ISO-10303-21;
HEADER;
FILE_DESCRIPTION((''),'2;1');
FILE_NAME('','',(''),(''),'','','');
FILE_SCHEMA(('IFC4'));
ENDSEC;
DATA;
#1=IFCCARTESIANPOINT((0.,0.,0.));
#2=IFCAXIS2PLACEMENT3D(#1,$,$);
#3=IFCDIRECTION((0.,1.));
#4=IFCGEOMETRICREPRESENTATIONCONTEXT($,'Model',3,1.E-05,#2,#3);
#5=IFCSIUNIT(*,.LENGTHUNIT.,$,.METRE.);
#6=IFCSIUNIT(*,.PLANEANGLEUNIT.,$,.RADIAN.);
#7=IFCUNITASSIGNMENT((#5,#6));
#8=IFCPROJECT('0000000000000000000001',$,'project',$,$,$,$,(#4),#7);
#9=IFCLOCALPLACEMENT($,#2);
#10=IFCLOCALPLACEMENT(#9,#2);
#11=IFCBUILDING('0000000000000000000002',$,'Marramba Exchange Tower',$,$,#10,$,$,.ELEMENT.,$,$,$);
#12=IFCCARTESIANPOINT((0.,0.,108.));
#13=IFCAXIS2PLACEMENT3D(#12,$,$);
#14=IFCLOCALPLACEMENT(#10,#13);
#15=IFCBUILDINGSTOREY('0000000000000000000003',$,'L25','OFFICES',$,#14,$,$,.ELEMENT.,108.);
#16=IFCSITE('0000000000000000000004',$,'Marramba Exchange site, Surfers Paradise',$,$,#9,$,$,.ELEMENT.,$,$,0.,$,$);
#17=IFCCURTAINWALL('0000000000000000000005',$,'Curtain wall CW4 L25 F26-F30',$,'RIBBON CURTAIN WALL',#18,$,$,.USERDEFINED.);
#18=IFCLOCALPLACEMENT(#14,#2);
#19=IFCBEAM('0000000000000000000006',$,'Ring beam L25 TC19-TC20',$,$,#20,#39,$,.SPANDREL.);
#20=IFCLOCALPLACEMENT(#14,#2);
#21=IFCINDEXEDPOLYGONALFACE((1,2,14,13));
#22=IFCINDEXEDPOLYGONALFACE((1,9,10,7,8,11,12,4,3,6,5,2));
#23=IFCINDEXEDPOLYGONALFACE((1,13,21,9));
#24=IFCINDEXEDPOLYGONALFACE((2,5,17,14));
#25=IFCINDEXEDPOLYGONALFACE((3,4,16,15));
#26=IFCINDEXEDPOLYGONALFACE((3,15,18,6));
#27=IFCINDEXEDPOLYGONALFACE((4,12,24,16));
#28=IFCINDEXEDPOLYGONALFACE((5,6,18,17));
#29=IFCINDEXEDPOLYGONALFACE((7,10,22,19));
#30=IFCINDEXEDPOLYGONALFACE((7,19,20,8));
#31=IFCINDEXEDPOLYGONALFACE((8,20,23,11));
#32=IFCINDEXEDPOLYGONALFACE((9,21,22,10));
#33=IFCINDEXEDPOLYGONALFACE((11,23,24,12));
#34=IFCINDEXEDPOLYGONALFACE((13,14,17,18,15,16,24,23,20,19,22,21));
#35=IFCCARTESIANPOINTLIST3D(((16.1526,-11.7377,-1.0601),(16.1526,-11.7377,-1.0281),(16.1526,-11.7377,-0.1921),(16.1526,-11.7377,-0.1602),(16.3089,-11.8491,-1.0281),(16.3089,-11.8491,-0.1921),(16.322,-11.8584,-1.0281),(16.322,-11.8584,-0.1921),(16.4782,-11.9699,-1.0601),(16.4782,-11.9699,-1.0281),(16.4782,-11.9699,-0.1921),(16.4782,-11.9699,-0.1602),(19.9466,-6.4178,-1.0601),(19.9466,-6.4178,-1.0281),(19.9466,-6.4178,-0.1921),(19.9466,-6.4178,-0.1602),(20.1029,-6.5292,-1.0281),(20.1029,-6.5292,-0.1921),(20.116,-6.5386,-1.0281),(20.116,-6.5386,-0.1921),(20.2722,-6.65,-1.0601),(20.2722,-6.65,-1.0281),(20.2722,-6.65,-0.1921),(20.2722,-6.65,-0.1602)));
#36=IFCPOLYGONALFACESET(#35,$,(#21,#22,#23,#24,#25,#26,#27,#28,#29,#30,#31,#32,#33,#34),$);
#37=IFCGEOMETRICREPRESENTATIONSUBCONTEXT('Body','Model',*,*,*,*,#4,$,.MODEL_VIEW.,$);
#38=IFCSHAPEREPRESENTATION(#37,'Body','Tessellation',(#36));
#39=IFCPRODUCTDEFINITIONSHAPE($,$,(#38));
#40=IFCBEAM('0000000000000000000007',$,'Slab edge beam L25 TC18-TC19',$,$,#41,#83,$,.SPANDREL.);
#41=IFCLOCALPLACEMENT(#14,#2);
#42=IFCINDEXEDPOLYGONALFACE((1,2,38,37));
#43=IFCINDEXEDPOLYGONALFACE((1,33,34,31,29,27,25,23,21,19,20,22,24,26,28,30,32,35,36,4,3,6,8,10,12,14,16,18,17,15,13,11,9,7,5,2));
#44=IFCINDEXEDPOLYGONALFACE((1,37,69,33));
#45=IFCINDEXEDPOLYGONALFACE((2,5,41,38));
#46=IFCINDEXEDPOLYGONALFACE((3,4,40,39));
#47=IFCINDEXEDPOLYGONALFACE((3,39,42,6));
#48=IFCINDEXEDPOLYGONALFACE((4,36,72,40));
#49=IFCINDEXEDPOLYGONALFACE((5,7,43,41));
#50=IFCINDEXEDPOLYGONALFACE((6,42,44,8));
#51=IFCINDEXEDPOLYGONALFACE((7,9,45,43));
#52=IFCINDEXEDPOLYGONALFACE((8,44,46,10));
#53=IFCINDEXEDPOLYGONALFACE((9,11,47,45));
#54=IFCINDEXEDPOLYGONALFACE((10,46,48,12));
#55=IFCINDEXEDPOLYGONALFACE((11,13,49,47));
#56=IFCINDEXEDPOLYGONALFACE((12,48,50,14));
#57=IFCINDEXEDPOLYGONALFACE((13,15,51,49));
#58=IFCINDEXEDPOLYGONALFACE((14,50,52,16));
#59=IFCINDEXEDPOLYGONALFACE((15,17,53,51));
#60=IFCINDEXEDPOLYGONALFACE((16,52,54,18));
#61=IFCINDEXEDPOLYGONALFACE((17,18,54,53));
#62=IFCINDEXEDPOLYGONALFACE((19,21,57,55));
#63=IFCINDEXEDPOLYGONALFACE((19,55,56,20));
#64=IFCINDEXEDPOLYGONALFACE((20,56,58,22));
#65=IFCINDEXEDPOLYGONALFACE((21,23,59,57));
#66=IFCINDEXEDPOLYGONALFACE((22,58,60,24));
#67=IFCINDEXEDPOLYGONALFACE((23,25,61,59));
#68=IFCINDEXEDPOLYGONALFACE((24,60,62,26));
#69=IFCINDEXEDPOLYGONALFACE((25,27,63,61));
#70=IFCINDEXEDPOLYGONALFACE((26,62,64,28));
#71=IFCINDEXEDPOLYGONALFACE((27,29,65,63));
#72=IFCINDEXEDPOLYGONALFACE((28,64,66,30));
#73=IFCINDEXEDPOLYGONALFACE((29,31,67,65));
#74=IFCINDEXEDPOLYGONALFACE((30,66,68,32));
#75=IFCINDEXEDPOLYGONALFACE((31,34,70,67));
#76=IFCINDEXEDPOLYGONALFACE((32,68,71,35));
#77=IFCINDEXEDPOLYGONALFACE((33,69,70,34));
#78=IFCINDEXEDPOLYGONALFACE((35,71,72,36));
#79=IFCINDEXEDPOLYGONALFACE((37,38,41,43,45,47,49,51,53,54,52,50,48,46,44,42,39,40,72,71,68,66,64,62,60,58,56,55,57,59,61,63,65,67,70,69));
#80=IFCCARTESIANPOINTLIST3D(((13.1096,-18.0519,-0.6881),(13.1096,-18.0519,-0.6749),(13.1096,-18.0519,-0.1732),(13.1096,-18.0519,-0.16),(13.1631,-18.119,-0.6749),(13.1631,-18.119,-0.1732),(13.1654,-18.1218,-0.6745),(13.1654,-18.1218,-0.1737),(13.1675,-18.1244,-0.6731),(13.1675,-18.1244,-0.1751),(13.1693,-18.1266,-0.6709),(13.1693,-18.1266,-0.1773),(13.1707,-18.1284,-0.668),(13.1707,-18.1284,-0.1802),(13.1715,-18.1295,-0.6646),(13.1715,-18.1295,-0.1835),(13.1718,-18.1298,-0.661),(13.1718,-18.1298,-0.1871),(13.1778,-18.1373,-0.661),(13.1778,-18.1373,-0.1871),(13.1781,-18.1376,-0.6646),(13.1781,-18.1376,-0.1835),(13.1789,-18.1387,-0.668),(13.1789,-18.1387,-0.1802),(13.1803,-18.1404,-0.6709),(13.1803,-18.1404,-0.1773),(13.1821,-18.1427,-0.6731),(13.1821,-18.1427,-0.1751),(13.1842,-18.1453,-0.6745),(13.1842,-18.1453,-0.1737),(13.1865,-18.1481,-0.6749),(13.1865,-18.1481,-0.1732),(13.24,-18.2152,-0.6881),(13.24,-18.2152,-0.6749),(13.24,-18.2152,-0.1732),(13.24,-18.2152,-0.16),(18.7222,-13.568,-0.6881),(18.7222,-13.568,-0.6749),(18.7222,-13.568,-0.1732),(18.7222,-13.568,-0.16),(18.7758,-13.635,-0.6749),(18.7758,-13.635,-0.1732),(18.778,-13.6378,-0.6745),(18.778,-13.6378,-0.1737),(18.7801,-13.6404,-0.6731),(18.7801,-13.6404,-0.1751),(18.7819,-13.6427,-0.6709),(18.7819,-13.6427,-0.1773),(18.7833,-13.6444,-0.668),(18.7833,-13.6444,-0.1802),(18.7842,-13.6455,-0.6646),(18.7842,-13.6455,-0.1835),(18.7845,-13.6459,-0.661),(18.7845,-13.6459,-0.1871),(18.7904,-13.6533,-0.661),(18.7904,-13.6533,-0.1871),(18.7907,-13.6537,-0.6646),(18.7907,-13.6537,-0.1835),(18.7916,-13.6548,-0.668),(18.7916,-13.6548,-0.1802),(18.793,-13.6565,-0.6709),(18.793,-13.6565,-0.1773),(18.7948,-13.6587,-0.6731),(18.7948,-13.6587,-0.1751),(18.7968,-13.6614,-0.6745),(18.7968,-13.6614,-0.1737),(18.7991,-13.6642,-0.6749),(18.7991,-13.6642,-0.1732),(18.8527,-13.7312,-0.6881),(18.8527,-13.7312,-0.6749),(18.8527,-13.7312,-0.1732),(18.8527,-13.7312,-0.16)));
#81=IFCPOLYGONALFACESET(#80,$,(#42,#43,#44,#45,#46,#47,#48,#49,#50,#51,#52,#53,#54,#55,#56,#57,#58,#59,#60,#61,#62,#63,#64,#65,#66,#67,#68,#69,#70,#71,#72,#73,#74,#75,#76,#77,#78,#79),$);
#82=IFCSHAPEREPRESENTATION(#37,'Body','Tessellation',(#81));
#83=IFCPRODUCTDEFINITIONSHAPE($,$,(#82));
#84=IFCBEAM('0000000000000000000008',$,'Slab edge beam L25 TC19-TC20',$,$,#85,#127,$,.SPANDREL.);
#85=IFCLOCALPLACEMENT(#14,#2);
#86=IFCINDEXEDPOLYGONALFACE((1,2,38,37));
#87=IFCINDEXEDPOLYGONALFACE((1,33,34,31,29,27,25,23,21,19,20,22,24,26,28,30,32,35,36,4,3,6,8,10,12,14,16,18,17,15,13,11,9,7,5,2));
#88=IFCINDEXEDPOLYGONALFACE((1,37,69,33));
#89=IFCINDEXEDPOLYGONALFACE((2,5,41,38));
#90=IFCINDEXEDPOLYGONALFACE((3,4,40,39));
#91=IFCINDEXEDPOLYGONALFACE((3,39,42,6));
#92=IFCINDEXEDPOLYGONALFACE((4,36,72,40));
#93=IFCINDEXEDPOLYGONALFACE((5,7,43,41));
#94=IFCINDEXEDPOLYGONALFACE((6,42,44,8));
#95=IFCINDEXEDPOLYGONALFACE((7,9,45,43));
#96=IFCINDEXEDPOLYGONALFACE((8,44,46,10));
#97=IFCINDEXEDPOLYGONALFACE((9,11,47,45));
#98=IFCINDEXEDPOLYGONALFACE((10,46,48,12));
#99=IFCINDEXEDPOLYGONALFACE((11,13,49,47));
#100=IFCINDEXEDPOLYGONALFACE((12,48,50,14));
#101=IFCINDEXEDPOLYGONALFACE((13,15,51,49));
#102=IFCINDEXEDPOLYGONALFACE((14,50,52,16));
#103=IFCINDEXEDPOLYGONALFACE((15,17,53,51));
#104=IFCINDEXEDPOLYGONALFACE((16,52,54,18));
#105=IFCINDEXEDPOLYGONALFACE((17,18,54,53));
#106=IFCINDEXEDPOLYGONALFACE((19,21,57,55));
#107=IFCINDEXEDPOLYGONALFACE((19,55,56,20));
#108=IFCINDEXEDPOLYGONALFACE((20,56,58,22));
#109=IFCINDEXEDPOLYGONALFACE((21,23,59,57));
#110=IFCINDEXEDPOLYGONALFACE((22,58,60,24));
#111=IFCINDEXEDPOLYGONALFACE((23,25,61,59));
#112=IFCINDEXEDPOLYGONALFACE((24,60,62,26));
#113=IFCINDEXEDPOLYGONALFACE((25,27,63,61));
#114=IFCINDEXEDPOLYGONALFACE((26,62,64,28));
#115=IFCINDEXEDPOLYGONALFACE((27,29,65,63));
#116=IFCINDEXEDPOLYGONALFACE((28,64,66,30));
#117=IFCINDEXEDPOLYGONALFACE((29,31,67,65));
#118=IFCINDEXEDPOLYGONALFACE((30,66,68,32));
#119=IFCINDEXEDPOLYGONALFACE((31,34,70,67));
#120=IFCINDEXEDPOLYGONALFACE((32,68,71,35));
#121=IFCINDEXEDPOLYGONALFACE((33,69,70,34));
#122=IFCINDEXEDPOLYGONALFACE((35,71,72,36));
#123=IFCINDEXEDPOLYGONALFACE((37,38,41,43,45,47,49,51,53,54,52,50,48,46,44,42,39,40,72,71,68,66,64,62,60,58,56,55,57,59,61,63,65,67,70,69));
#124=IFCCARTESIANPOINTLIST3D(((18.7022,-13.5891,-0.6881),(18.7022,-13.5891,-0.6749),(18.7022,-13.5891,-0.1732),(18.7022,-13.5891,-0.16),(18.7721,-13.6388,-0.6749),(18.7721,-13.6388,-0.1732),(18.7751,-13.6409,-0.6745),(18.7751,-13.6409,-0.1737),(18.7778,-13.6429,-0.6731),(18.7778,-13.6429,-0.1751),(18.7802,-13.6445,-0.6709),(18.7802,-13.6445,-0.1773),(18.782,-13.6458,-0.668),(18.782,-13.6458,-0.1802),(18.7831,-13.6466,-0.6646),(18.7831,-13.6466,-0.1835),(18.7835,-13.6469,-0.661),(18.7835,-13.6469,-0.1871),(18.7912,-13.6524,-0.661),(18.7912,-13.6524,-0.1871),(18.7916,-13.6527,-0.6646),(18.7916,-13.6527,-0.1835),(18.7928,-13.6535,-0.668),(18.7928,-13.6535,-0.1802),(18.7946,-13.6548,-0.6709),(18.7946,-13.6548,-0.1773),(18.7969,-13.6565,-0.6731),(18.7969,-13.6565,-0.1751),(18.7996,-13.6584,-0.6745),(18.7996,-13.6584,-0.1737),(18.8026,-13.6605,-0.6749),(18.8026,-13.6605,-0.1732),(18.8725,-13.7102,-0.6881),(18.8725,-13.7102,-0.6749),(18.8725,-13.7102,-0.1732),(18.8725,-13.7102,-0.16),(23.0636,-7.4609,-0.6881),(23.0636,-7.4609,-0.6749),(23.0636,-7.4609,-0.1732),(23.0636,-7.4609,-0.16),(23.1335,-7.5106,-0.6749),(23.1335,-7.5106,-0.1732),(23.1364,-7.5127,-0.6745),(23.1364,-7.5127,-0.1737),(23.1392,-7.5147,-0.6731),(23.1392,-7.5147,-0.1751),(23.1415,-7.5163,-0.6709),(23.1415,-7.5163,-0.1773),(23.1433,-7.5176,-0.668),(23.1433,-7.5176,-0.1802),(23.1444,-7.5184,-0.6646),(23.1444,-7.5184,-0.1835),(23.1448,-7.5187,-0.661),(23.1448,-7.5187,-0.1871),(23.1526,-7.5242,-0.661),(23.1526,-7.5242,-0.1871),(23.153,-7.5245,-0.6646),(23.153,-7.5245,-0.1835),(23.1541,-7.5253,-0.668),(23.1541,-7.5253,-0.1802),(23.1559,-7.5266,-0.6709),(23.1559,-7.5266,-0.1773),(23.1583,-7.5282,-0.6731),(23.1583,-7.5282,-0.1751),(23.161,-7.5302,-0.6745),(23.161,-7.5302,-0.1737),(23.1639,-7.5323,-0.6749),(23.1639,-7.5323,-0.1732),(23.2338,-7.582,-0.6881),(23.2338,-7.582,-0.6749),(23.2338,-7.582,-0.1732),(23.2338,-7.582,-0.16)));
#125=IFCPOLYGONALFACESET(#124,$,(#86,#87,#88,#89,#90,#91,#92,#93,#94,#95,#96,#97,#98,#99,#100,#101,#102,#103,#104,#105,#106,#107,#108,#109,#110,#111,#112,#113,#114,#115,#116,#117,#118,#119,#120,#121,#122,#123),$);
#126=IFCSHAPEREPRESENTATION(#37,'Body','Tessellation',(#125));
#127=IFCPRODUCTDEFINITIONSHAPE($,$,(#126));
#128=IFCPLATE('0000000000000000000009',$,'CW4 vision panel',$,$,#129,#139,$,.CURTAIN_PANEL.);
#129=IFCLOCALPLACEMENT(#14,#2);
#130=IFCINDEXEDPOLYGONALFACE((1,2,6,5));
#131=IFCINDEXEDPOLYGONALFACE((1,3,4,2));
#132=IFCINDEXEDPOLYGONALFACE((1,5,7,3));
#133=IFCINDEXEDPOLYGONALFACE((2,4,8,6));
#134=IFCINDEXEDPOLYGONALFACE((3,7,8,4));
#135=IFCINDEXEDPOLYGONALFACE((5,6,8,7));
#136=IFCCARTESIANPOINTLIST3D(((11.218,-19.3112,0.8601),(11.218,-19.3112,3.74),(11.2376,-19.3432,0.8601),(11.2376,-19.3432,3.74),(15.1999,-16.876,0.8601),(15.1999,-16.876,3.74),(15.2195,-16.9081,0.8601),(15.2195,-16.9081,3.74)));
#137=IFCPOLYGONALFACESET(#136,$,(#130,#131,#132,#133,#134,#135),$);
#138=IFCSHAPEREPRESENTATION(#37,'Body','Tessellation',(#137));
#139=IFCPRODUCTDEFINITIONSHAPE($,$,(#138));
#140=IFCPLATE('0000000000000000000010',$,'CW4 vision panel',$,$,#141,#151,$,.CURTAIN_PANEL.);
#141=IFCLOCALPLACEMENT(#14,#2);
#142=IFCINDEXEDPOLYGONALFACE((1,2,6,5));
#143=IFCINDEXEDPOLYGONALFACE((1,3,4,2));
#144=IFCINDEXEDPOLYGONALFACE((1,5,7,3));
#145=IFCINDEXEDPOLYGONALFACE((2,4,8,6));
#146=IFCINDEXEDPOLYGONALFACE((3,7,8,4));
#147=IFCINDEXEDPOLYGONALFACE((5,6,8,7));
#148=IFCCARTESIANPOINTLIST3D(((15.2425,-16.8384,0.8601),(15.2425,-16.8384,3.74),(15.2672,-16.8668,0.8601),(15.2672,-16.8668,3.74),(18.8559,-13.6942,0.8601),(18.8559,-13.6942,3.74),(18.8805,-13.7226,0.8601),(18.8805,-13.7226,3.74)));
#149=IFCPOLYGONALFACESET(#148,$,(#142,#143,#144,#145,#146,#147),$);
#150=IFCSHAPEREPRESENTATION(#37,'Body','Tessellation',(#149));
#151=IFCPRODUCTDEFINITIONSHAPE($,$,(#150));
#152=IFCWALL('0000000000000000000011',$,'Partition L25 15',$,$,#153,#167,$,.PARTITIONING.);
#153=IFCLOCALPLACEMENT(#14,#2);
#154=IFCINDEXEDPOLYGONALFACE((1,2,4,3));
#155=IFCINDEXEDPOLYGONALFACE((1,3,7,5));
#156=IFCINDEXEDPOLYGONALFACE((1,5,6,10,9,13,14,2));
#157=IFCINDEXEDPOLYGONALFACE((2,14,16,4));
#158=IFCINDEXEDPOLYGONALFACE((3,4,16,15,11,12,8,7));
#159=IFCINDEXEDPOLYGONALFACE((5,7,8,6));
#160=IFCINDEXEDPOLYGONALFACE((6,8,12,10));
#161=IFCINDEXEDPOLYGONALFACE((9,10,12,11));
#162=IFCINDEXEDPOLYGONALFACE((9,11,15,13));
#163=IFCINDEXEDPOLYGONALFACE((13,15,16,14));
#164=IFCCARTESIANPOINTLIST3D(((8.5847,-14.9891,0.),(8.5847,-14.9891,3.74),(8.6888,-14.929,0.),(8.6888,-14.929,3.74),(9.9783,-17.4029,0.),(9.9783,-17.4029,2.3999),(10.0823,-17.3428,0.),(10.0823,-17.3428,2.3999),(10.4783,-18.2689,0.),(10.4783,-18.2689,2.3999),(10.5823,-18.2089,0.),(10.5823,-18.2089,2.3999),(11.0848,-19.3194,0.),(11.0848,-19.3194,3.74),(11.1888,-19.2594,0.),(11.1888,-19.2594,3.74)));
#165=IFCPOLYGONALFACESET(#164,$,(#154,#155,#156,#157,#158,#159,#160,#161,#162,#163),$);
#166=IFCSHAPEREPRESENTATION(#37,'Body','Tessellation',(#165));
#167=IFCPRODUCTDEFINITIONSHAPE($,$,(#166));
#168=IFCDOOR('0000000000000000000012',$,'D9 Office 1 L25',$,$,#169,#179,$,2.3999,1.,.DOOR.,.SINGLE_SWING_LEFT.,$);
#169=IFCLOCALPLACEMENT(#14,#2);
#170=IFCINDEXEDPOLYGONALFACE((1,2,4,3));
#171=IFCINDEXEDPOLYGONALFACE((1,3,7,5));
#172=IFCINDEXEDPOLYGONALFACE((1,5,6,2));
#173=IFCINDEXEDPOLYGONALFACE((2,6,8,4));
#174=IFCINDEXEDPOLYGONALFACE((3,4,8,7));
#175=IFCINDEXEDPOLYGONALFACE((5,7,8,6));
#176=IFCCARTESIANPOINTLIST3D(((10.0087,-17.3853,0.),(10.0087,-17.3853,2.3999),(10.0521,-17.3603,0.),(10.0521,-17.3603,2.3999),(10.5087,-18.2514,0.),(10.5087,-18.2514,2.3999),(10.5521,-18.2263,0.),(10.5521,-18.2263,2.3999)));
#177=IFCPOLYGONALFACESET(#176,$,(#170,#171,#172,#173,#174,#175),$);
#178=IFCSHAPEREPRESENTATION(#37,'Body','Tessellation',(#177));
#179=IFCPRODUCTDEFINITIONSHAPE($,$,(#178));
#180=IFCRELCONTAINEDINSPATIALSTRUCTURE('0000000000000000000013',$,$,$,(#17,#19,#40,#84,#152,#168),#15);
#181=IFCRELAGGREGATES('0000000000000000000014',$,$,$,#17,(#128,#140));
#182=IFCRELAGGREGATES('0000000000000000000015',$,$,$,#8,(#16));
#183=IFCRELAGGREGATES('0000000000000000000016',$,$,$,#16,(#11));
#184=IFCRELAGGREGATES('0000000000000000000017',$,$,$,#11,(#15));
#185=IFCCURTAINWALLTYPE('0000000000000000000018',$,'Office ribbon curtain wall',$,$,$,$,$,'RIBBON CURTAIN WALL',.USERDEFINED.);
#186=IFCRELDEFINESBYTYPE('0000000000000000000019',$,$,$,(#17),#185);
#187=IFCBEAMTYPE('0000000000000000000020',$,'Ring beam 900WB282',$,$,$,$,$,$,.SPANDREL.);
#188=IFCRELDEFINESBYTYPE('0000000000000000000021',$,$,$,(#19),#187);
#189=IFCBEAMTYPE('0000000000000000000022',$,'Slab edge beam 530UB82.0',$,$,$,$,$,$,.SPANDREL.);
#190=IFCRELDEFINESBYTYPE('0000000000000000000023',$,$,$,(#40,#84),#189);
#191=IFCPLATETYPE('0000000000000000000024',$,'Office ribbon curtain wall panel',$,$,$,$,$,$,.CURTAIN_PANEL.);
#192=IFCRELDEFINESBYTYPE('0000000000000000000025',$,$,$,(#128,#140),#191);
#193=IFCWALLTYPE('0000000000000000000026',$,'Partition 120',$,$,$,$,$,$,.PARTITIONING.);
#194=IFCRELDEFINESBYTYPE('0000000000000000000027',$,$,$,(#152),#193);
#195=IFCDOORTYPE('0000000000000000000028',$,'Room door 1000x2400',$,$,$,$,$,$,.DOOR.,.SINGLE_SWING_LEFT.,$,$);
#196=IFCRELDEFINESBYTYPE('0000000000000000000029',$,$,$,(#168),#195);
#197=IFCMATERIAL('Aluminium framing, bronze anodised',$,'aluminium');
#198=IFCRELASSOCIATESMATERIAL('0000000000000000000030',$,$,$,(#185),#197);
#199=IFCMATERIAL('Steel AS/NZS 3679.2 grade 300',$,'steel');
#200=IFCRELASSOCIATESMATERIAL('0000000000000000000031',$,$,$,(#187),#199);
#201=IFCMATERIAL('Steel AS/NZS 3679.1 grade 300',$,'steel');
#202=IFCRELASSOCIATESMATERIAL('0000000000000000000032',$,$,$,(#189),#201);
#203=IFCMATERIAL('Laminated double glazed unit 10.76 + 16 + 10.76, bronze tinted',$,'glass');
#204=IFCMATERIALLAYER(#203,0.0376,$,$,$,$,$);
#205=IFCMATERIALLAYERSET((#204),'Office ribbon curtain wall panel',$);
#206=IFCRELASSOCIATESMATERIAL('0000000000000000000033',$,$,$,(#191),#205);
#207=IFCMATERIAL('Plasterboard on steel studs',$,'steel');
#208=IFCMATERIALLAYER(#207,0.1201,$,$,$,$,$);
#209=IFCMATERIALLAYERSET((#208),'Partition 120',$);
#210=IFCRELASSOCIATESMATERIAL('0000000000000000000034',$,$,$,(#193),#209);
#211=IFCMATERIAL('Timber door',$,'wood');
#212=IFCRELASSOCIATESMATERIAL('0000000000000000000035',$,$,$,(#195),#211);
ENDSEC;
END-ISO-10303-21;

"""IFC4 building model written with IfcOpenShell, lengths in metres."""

from ifc_helpers import new_model, si_unit, direction, frame, frame_2d, origin, origin_2d, place, context, subcontext, project, spatial, rectangle, i_section, extrude, material, layer, layer_set, material_profile, profile_set, type_object, element, fill, aggregate, save


model = new_model("IFC4")

# Units and contexts
model_context = context("Model", 3, precision=1e-05, world=origin(), true_north=direction((0.0, 1.0)))
body_context = subcontext(model_context, "Body", "Model", "MODEL_VIEW")
ifc_project = project(units=[si_unit("LENGTHUNIT", "METRE"), si_unit("PLANEANGLEUNIT", "RADIAN")], contexts=[model_context])

# Site, building, storey
site_placement = place(None, origin())
site = spatial("IfcSite", under=ifc_project, at=site_placement, Name="Marramba Exchange site, Surfers Paradise", CompositionType="ELEMENT", RefElevation=0.0)
building_placement = place(site_placement, origin())
building = spatial("IfcBuilding", under=site, at=building_placement, Name="Marramba Exchange Tower", CompositionType="ELEMENT")
storey_placement = place(building_placement, frame((0.0, 0.0, 108.0)))
storey = spatial("IfcBuildingStorey", under=building, at=storey_placement, Name="L25", Description="OFFICES", CompositionType="ELEMENT", Elevation=108.0)

# Shared definitions
ifc_material_1 = material(Name="Steel AS/NZS 3679.2 grade 300", Category="steel")

# Curtain wall
ifc_material_2 = material(Name="Aluminium framing, bronze anodised", Category="aluminium")
curtain_wall_type = type_object("IfcCurtainWallType", Name="Office ribbon curtain wall", ElementType="RIBBON CURTAIN WALL", PredefinedType="USERDEFINED", material=ifc_material_2)
curtain_wall_placement = place(storey_placement, origin())
curtain_wall = element("IfcCurtainWall", 1, at=curtain_wall_placement, inside=storey, type_object=curtain_wall_type, Name="Curtain wall CW4 L25 F26-F30", ObjectType="RIBBON CURTAIN WALL", PredefinedType="USERDEFINED")

# Beams
ifc_material_profile_1 = material_profile(ifc_material_1, i_section(OverallWidth=0.3999, OverallDepth=0.8999, WebThickness=0.0161, FlangeThickness=0.032, at=origin_2d()), Name="900WB282")
ifc_profile_set_1 = profile_set([ifc_material_profile_1], Name="Steel AS/NZS 3679.2 grade 300")
beam_type_1 = type_object("IfcBeamType", Name="Ring beam 900WB282", PredefinedType="SPANDREL", material=ifc_profile_set_1)
beam_1_placement = place(storey_placement, frame((16.3154, -11.8538, -0.6101), z_axis=(0.580637, 0.814162, 0.0), x_axis=(-0.814162, 0.580637, 0.0)))
element("IfcBeam", 2, at=beam_1_placement, inside=storey, type_object=beam_type_1, Name="Ring beam L25 TC19-TC20", PredefinedType="SPANDREL", context=body_context, shape_type="SweptSolid", body=[
    extrude(i_section(OverallWidth=0.3999, OverallDepth=0.8999, WebThickness=0.0161, FlangeThickness=0.032, at=origin_2d()), origin(), (0.0, 0.0, 1.0), 6.5342),
])
ifc_material_3 = material(Name="Steel AS/NZS 3679.1 grade 300", Category="steel")
ifc_material_profile_2 = material_profile(ifc_material_3, i_section(OverallWidth=0.209, OverallDepth=0.5281, WebThickness=0.0095, FlangeThickness=0.0132, FilletRadius=0.0139, at=origin_2d()), Name="530UB82.0")
ifc_profile_set_2 = profile_set([ifc_material_profile_2], Name="Steel AS/NZS 3679.1 grade 300")
beam_type_2 = type_object("IfcBeamType", Name="Slab edge beam 530UB82.0", PredefinedType="SPANDREL", material=ifc_profile_set_2)
beam_2_placement = place(storey_placement, frame((13.1748, -18.1335, -0.4241), z_axis=(0.781286, 0.624173, 0.0), x_axis=(-0.624173, 0.781286, 0.0)))
element("IfcBeam", 3, at=beam_2_placement, inside=storey, type_object=beam_type_2, Name="Slab edge beam L25 TC18-TC19", PredefinedType="SPANDREL", context=body_context, shape_type="SweptSolid", body=[
    extrude(i_section(OverallWidth=0.209, OverallDepth=0.5281, WebThickness=0.0095, FlangeThickness=0.0132, FilletRadius=0.0139, at=origin_2d()), origin(), (0.0, 0.0, 1.0), 7.1838),
])
beam_3_placement = place(storey_placement, frame((18.7874, -13.6497, -0.4241), z_axis=(0.579834, 0.814735, 0.0), x_axis=(-0.814735, 0.579834, 0.0)))
element("IfcBeam", 4, at=beam_3_placement, inside=storey, type_object=beam_type_2, Name="Slab edge beam L25 TC19-TC20", PredefinedType="SPANDREL", context=body_context, shape_type="SweptSolid", body=[
    extrude(i_section(OverallWidth=0.209, OverallDepth=0.5281, WebThickness=0.0095, FlangeThickness=0.0132, FilletRadius=0.0139, at=origin_2d()), origin(), (0.0, 0.0, 1.0), 7.5217),
])

# Plates
ifc_material_4 = material(Name="Laminated double glazed unit 10.76 + 16 + 10.76, bronze tinted", Category="glass")
ifc_layer_1 = layer(ifc_material_4, 0.0376)
ifc_layer_set_1 = layer_set([ifc_layer_1], Name="Office ribbon curtain wall panel")
plate_type = type_object("IfcPlateType", Name="Office ribbon curtain wall panel", PredefinedType="CURTAIN_PANEL", material=ifc_layer_set_1)
plate_1_placement = place(storey_placement, frame((13.2188, -18.1096, 0.8601), z_axis=(0.0, 0.0, 1.0), x_axis=(0.853109, 0.521733, 0.0)))
plate_1 = element("IfcPlate", 5, at=plate_1_placement, type_object=plate_type, Name="CW4 vision panel", PredefinedType="CURTAIN_PANEL", context=body_context, shape_type="SweptSolid", body=[
    extrude(rectangle(XDim=4.6675, YDim=0.0376, at=origin_2d()), origin(), (0.0, 0.0, 1.0), 2.8799),
])
plate_2_placement = place(storey_placement, frame((17.0615, -15.2805, 0.8601), z_axis=(0.0, 0.0, 1.0), x_axis=(0.754386, 0.656432, 0.0)))
plate_2 = element("IfcPlate", 6, at=plate_2_placement, type_object=plate_type, Name="CW4 vision panel", PredefinedType="CURTAIN_PANEL", context=body_context, shape_type="SweptSolid", body=[
    extrude(rectangle(XDim=4.7898, YDim=0.0376, at=origin_2d()), origin(), (0.0, 0.0, 1.0), 2.8799),
])
aggregate(curtain_wall, [plate_1, plate_2])

# Wall, opening, door
ifc_material_5 = material(Name="Plasterboard on steel studs", Category="steel")
ifc_layer_2 = layer(ifc_material_5, 0.1201)
ifc_layer_set_2 = layer_set([ifc_layer_2], Name="Partition 120")
wall_type = type_object("IfcWallType", Name="Partition 120", PredefinedType="PARTITIONING", material=ifc_layer_set_2)
wall_placement = place(storey_placement, frame((11.1367, -19.2893, 0.0), z_axis=(0.0, 0.0, 1.0), x_axis=(-0.499983, 0.866035, 0.0)))
wall = element("IfcWall", 7, at=wall_placement, inside=storey, type_object=wall_type, Name="Partition L25 15", PredefinedType="PARTITIONING", context=body_context, shape_type="SweptSolid", body=[
    extrude(rectangle(XDim=5.0002, YDim=0.1201, at=frame_2d((2.5, 0.0))), origin(), (0.0, 0.0, 1.0), 3.74),
])
opening_placement = place(wall_placement, frame((1.2129, 0.0, 0.0)))
opening = element("IfcOpeningElement", 8, at=opening_placement, cuts=wall, PredefinedType="OPENING", context=body_context, shape_type="SweptSolid", body=[
    extrude(rectangle(XDim=1.0, YDim=2.3999, at=frame_2d((0.5, 1.2))), frame((0.0, 0.0701, 0.0), z_axis=(0.0, -1.0, 0.0), x_axis=(1.0, 0.0, 0.0)), (0.0, 0.0, 1.0), 0.1401),
])
ifc_material_6 = material(Name="Timber door", Category="wood")
door_type = type_object("IfcDoorType", Name="Room door 1000x2400", OperationType="SINGLE_SWING_LEFT", PredefinedType="DOOR", material=ifc_material_6)
door_placement = place(opening_placement, origin())
door = element("IfcDoor", 9, at=door_placement, inside=storey, type_object=door_type, Name="D9 Office 1 L25", OperationType="SINGLE_SWING_LEFT", OverallHeight=2.3999, OverallWidth=1.0, PredefinedType="DOOR", context=body_context, shape_type="SweptSolid", body=[
    extrude(rectangle(XDim=1.0, YDim=2.3999, at=frame_2d((0.5, 1.2))), frame((0.0, 0.0249, 0.0), z_axis=(0.0, -1.0, 0.0), x_axis=(1.0, 0.0, 0.0)), (0.0, 0.0, 1.0), 0.05),
])
fill(opening, door)

save(model, "model.ifc")
